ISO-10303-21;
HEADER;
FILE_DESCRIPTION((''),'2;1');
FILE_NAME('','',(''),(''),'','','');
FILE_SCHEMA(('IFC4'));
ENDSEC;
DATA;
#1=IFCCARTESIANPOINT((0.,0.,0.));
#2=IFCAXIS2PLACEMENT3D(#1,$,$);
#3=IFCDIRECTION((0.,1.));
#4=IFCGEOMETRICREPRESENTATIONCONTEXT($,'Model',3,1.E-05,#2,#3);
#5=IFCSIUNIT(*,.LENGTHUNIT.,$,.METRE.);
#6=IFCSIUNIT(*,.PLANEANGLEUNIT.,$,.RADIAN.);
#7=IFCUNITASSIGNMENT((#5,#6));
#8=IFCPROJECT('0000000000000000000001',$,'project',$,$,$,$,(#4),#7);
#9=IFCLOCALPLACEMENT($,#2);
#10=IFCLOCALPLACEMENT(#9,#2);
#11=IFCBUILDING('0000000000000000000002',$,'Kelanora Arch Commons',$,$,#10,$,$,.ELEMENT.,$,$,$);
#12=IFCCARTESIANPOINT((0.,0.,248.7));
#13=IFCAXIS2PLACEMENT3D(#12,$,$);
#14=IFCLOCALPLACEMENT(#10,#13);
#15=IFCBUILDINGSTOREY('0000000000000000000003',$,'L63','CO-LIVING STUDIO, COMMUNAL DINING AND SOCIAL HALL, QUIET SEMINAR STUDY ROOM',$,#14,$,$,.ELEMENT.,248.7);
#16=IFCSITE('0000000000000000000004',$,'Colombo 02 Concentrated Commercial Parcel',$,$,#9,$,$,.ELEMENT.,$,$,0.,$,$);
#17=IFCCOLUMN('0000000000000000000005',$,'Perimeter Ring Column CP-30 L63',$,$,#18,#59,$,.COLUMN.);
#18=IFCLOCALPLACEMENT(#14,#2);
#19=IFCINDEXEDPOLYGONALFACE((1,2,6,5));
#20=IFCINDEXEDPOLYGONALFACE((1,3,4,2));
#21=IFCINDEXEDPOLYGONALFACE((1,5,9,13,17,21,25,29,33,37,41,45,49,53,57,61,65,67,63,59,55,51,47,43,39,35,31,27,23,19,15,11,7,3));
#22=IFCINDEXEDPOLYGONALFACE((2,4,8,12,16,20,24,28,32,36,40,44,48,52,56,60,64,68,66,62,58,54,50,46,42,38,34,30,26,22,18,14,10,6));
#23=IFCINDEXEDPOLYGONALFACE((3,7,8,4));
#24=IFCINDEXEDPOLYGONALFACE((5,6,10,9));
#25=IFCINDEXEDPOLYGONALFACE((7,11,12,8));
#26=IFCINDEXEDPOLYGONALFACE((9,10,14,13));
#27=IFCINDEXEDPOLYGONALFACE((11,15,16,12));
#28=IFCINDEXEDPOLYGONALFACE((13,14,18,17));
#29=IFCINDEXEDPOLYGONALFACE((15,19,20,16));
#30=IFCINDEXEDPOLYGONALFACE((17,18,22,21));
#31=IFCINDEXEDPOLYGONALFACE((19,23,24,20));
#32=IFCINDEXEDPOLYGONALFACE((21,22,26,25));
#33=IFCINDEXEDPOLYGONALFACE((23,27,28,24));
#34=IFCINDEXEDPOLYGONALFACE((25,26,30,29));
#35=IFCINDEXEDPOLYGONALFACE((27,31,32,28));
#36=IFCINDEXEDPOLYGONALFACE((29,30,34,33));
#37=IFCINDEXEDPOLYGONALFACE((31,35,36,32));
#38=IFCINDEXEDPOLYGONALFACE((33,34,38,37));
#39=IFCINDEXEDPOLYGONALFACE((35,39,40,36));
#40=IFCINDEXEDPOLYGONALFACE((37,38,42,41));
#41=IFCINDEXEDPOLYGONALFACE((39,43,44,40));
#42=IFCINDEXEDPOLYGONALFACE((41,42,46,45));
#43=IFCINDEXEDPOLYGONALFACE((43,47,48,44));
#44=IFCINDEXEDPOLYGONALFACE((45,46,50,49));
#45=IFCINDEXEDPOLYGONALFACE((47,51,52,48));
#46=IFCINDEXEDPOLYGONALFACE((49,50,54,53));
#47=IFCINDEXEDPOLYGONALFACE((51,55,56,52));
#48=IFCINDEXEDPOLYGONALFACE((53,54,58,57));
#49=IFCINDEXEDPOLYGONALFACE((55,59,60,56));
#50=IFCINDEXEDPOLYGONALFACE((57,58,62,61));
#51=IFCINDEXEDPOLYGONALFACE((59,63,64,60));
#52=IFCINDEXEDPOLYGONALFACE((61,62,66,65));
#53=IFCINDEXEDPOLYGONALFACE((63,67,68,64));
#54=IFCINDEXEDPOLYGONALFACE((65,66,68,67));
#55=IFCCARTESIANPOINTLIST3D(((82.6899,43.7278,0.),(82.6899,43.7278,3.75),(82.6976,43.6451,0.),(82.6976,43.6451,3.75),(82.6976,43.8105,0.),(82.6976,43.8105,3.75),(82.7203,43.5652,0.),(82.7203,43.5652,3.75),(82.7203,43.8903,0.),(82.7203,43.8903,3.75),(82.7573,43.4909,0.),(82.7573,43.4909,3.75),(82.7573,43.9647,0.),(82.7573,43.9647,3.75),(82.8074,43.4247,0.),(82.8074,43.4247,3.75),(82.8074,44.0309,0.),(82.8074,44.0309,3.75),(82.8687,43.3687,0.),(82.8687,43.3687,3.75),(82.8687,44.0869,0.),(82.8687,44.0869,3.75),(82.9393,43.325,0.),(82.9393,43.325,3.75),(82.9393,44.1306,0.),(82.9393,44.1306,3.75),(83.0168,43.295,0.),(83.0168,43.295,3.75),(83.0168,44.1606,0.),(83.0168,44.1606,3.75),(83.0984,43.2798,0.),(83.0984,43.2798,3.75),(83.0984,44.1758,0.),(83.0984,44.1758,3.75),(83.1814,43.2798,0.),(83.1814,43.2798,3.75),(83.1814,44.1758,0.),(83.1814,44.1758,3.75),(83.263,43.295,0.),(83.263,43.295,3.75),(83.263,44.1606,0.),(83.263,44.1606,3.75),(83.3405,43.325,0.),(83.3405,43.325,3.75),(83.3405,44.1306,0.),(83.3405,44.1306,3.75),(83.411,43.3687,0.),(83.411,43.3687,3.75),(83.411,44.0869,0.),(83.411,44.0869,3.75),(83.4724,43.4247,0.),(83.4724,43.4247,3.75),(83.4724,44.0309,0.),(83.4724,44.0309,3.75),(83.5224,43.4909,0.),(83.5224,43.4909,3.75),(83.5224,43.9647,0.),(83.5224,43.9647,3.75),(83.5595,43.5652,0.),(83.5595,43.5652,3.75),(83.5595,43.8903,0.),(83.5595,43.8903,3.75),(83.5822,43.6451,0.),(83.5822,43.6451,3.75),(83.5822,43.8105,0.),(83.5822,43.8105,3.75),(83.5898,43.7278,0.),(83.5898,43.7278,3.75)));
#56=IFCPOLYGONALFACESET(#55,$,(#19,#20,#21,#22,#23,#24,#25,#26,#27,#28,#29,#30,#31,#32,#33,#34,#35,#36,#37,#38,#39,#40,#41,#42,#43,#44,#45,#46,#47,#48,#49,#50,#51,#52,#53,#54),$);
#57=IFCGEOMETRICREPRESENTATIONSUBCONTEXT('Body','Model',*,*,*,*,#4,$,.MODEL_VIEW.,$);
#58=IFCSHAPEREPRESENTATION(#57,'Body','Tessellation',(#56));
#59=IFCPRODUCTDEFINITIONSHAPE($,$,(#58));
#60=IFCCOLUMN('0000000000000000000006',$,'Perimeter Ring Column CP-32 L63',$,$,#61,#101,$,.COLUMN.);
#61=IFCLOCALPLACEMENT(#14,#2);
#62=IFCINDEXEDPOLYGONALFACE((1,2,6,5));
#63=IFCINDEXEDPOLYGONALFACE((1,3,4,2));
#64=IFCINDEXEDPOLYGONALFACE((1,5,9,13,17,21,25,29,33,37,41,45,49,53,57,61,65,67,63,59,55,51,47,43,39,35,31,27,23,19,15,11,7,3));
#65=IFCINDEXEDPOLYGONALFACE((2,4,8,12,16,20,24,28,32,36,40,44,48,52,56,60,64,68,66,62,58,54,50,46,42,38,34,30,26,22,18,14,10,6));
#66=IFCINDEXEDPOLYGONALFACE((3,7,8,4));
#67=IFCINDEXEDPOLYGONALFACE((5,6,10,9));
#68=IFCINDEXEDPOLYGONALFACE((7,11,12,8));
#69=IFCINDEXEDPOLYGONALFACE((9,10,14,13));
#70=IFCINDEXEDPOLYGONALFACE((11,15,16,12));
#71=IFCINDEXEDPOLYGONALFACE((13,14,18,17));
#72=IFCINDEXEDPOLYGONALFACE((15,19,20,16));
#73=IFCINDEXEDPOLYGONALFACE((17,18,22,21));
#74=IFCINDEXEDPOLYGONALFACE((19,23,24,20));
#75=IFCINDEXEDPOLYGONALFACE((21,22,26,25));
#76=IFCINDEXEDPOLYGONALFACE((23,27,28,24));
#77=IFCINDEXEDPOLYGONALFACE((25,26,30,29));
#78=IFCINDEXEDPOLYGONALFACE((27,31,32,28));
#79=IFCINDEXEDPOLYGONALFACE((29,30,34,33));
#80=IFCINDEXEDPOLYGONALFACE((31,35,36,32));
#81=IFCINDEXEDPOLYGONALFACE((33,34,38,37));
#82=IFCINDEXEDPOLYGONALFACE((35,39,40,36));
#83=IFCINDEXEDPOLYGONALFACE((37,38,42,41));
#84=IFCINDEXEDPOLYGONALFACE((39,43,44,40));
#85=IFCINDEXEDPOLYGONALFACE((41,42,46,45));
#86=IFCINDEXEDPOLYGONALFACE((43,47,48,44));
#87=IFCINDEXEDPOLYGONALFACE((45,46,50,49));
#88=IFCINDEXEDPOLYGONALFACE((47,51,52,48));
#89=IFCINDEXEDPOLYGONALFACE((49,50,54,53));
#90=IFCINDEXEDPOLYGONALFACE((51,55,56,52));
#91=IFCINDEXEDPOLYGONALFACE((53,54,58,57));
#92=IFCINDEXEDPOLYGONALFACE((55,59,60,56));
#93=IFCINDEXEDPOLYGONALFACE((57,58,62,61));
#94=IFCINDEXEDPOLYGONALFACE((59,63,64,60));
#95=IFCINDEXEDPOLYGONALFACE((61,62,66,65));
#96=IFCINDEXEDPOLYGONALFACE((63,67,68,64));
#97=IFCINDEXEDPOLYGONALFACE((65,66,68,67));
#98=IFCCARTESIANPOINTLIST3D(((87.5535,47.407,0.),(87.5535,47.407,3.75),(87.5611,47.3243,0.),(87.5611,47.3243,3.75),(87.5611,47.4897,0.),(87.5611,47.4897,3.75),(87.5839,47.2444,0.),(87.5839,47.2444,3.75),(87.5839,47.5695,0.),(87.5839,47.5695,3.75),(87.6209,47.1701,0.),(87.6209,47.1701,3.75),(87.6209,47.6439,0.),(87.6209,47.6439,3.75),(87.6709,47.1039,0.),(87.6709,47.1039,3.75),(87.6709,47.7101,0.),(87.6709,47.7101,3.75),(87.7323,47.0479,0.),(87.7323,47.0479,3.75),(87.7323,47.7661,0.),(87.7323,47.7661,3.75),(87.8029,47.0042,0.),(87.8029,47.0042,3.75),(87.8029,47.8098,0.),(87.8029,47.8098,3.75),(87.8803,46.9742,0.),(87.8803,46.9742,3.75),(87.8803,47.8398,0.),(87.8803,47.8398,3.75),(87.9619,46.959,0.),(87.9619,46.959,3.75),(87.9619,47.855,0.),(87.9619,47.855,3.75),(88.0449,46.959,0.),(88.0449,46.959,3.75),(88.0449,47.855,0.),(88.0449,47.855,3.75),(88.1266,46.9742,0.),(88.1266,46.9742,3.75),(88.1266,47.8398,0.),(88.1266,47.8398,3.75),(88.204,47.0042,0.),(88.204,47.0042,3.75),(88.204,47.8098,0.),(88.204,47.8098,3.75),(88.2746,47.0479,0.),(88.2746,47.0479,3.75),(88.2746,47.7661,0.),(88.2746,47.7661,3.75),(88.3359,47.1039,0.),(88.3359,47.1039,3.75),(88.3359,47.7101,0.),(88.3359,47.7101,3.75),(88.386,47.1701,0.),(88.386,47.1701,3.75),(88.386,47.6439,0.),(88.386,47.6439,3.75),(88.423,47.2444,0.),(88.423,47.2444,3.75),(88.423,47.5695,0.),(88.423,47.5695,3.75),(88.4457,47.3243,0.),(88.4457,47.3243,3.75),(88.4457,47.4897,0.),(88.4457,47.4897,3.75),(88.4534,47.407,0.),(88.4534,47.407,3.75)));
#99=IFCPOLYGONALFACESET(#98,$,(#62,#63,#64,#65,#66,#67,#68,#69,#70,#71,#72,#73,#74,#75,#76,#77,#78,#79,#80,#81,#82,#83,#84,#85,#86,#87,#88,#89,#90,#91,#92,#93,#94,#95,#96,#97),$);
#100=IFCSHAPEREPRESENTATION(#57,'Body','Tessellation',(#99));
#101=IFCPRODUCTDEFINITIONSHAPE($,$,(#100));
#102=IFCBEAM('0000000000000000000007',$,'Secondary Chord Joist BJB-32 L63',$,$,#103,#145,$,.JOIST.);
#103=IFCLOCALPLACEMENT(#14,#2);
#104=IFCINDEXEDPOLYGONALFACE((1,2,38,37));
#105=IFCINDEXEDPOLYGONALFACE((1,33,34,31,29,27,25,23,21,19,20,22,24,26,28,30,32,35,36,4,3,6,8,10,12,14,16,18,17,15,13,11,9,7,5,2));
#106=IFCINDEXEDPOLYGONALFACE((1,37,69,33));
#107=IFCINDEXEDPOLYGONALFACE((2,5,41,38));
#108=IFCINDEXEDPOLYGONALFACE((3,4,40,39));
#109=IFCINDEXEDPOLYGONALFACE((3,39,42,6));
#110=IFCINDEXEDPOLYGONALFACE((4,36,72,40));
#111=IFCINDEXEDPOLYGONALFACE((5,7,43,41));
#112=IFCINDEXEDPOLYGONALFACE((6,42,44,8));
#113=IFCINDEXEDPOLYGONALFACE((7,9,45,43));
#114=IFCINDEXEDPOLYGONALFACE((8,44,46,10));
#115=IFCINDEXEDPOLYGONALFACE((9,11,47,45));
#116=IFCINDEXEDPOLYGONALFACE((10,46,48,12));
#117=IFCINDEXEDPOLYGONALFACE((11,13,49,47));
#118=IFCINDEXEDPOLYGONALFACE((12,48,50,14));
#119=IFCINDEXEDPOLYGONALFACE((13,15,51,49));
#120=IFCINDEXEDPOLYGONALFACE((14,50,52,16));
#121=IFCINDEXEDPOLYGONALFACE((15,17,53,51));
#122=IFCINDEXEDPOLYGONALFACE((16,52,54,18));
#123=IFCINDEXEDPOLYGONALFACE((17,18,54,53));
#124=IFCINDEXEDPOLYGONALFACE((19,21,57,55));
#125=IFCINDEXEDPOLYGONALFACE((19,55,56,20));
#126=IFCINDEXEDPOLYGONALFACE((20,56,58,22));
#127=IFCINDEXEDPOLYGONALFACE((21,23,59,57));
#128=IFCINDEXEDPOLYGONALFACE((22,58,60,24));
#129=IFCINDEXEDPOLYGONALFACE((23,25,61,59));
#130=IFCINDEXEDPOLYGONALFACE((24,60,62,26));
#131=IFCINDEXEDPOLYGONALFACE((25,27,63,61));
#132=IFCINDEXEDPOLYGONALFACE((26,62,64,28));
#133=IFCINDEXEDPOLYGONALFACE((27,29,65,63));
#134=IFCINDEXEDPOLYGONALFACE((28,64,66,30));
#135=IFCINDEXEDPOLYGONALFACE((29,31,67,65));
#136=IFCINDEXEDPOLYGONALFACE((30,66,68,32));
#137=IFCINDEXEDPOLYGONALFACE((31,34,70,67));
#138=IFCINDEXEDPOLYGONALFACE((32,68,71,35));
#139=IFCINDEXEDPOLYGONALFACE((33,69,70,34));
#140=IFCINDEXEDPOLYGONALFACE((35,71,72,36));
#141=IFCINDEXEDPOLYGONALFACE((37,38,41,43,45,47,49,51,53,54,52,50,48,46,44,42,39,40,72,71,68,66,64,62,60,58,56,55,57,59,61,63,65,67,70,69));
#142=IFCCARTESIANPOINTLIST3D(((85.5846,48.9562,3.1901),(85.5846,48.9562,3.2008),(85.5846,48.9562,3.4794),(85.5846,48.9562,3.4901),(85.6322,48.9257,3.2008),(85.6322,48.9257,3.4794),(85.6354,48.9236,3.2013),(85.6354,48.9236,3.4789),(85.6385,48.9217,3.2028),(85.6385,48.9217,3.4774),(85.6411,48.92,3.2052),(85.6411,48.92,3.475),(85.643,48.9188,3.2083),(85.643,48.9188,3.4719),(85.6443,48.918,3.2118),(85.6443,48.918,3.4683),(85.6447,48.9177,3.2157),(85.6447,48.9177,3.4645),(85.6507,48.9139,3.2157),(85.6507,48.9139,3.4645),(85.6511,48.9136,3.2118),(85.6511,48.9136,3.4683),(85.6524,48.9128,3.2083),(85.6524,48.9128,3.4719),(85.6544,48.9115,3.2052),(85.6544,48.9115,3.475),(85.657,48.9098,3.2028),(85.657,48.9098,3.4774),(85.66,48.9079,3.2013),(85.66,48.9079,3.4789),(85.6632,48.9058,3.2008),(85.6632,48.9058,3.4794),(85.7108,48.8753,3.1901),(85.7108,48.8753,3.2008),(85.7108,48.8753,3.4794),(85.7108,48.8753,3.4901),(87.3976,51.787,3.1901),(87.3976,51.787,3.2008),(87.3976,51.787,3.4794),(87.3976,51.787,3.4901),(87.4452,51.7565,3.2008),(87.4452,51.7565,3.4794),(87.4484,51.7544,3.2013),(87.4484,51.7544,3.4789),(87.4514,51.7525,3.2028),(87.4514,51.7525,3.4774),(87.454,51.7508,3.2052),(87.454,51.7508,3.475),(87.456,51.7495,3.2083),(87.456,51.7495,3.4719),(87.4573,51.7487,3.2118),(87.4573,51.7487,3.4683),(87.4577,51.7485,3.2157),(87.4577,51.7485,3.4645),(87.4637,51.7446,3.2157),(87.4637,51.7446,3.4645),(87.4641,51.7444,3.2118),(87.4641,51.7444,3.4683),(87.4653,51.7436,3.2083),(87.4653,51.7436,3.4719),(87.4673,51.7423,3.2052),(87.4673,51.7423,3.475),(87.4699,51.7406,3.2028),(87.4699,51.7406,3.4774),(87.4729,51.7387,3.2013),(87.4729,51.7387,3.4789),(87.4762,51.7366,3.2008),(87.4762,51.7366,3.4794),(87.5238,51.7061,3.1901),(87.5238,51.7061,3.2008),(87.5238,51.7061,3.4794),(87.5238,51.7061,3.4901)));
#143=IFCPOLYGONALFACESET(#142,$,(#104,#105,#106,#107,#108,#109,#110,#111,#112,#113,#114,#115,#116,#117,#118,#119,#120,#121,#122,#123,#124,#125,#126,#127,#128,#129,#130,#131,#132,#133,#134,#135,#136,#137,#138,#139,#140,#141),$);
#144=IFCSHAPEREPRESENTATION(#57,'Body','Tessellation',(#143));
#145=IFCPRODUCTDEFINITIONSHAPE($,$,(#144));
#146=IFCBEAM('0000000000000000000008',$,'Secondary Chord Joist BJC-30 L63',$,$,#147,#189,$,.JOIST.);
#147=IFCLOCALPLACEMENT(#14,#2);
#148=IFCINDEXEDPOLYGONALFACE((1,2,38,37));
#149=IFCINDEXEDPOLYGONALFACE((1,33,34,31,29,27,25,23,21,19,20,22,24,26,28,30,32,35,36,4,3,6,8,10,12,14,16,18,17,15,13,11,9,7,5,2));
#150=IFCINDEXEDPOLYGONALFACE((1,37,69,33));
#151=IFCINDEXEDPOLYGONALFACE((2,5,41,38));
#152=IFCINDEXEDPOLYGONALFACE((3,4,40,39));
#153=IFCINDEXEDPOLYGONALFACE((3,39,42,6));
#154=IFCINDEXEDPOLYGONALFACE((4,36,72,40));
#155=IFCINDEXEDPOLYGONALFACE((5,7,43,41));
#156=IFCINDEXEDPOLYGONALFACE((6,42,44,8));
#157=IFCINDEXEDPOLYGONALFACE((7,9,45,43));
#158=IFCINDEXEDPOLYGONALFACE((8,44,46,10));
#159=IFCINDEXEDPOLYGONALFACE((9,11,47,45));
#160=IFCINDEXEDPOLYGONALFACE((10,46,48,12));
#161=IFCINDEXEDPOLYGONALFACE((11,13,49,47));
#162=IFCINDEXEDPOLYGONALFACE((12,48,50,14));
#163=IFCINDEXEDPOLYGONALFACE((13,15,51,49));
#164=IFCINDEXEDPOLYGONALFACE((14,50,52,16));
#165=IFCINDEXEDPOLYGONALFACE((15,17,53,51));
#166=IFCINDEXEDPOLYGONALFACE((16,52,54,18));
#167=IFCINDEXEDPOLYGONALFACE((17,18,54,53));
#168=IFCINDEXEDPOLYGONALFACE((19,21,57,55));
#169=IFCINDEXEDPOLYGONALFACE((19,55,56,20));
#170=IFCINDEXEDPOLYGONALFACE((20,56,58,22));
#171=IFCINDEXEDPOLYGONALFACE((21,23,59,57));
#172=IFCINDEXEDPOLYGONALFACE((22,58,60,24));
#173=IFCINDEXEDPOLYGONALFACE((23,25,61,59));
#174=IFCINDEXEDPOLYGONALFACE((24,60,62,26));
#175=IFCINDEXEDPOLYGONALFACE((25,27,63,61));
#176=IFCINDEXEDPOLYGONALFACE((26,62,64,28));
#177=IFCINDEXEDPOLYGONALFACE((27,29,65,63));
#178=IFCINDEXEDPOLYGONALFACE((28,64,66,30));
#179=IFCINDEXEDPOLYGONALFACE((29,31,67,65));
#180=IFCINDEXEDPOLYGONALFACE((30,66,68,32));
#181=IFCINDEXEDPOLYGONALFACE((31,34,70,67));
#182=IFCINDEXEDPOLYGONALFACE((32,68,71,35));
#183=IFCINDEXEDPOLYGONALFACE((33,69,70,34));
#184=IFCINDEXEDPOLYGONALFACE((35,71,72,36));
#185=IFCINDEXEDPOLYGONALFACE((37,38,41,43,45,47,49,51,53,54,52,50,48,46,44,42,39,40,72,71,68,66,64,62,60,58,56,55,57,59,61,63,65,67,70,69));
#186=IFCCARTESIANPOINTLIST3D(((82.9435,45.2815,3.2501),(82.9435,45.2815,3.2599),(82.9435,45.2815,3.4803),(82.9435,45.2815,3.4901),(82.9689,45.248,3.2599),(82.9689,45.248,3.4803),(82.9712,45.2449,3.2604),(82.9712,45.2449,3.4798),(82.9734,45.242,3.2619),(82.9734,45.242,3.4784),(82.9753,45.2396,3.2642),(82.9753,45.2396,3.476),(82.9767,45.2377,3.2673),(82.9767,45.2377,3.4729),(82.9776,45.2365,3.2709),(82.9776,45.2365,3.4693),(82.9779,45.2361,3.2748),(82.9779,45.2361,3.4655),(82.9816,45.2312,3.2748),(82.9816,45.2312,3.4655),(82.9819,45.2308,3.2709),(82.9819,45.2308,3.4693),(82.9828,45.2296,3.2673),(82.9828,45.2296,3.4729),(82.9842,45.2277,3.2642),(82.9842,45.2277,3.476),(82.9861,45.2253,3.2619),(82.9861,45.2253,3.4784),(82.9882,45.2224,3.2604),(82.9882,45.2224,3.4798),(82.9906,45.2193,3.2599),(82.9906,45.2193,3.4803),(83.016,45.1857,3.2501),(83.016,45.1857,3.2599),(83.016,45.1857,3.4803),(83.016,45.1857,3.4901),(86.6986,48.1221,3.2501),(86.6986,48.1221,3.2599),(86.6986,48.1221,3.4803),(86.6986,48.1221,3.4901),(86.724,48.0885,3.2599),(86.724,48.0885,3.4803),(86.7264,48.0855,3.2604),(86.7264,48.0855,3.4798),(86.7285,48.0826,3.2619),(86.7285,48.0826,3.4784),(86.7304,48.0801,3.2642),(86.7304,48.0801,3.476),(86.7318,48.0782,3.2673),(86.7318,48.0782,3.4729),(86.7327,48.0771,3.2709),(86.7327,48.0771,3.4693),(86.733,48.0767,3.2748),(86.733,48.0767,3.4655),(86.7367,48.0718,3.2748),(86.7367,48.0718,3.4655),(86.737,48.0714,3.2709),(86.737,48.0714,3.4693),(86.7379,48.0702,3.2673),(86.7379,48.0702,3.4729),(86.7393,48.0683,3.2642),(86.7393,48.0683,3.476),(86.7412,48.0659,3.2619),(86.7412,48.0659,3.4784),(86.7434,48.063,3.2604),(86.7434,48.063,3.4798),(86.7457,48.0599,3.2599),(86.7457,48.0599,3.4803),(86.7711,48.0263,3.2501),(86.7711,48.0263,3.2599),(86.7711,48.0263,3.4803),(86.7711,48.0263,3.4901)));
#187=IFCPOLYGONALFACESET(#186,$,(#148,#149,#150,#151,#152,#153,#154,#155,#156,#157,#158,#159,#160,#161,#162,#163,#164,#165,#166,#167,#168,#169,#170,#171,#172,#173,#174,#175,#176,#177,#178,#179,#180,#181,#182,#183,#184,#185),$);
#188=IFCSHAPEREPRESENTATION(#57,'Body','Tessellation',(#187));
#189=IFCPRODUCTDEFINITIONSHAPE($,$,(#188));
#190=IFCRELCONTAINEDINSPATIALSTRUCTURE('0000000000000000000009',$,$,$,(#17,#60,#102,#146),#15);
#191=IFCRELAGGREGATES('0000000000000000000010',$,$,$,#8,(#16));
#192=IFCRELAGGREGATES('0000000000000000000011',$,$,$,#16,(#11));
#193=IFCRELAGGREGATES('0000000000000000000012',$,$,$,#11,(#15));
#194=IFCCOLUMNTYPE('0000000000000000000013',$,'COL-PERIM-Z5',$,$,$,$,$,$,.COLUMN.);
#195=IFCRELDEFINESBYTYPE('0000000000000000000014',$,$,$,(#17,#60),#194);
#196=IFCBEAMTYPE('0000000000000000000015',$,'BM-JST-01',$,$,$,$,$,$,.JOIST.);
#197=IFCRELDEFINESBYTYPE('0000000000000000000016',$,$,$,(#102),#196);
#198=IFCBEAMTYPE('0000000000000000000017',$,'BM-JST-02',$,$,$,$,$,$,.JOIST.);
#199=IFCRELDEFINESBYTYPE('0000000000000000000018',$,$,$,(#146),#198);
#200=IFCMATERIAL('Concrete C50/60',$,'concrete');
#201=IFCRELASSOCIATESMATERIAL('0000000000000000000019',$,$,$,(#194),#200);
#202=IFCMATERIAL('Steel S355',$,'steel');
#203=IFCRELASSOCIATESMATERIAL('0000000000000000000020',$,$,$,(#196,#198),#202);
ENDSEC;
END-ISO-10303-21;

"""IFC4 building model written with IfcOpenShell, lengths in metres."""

from ifc_helpers import new_model, si_unit, direction, frame, origin, origin_2d, place, context, subcontext, project, spatial, circle, i_section, extrude, material, material_profile, profile_set, type_object, element, save


model = new_model("IFC4")

# Units and contexts
model_context = context("Model", 3, precision=1e-05, world=origin(), true_north=direction((0.0, 1.0)))
body_context = subcontext(model_context, "Body", "Model", "MODEL_VIEW")
ifc_project = project(units=[si_unit("LENGTHUNIT", "METRE"), si_unit("PLANEANGLEUNIT", "RADIAN")], contexts=[model_context])

# Site, building, storey
site_placement = place(None, origin())
site = spatial("IfcSite", under=ifc_project, at=site_placement, Name="Colombo 02 Concentrated Commercial Parcel", CompositionType="ELEMENT", RefElevation=0.0)
building_placement = place(site_placement, origin())
building = spatial("IfcBuilding", under=site, at=building_placement, Name="Kelanora Arch Commons", CompositionType="ELEMENT")
storey_placement = place(building_placement, frame((0.0, 0.0, 248.7)))
storey = spatial("IfcBuildingStorey", under=building, at=storey_placement, Name="L63", Description="CO-LIVING STUDIO, COMMUNAL DINING AND SOCIAL HALL, QUIET SEMINAR STUDY ROOM", CompositionType="ELEMENT", Elevation=248.7)

# Columns
ifc_material_1 = material(Name="Concrete C50/60", Category="concrete")
ifc_material_profile_1 = material_profile(ifc_material_1, circle(Radius=0.45, at=origin_2d()), Name="RCC900")
ifc_profile_set_1 = profile_set([ifc_material_profile_1], Name="Concrete C50/60")
column_type = type_object("IfcColumnType", Name="COL-PERIM-Z5", PredefinedType="COLUMN", material=ifc_profile_set_1)
for number, where, z_axis, x_axis, name in (
    (1, (83.1399, 43.7278, 0.0), (0.0, 0.0, 1.0), (1.0, 0.0, 0.0), "Perimeter Ring Column CP-30 L63"),
    (2, (88.0034, 47.407, 0.0), (0.0, 0.0, 1.0), (1.0, 0.0, 0.0), "Perimeter Ring Column CP-32 L63"),
):
    element("IfcColumn", number, at=place(storey_placement, frame(where, z_axis=z_axis, x_axis=x_axis)), inside=storey, type_object=column_type, Name=name, PredefinedType="COLUMN", context=body_context, shape_type="SweptSolid", body=[
        extrude(circle(Radius=0.45, at=origin_2d()), origin(), (0.0, 0.0, 1.0), 3.75),
    ])

# Beams
ifc_material_2 = material(Name="Steel S355", Category="steel")
ifc_material_profile_2 = material_profile(ifc_material_2, i_section(OverallWidth=0.1499, OverallDepth=0.3, WebThickness=0.0071, FlangeThickness=0.0107, FilletRadius=0.0149, at=origin_2d()), Name="IPE300")
ifc_profile_set_2 = profile_set([ifc_material_profile_2], Name="Steel S355")
beam_type_1 = type_object("IfcBeamType", Name="BM-JST-01", PredefinedType="JOIST", material=ifc_profile_set_2)
beam_1_placement = place(storey_placement, frame((85.6477, 48.9158, 3.3401), z_axis=(0.539322, 0.8421, 0.0), x_axis=(-0.8421, 0.539322, 0.0)))
element("IfcBeam", 3, at=beam_1_placement, inside=storey, type_object=beam_type_1, Name="Secondary Chord Joist BJB-32 L63", PredefinedType="JOIST", context=body_context, shape_type="SweptSolid", body=[
    extrude(i_section(OverallWidth=0.1499, OverallDepth=0.3, WebThickness=0.0071, FlangeThickness=0.0107, FilletRadius=0.0149, at=origin_2d()), origin(), (0.0, 0.0, 1.0), 3.3616),
])
ifc_material_profile_3 = material_profile(ifc_material_2, i_section(OverallWidth=0.1201, OverallDepth=0.24, WebThickness=0.0061, FlangeThickness=0.0098, FilletRadius=0.0149, at=origin_2d()), Name="IPE240")
ifc_profile_set_3 = profile_set([ifc_material_profile_3], Name="Steel S355")
beam_type_2 = type_object("IfcBeamType", Name="BM-JST-02", PredefinedType="JOIST", material=ifc_profile_set_3)
beam_2_placement = place(storey_placement, frame((82.9797, 45.2336, 3.3701), z_axis=(0.797523, 0.603289, 0.0), x_axis=(-0.603289, 0.797523, 0.0)))
element("IfcBeam", 4, at=beam_2_placement, inside=storey, type_object=beam_type_2, Name="Secondary Chord Joist BJC-30 L63", PredefinedType="JOIST", context=body_context, shape_type="SweptSolid", body=[
    extrude(i_section(OverallWidth=0.1201, OverallDepth=0.24, WebThickness=0.0061, FlangeThickness=0.0098, FilletRadius=0.0149, at=origin_2d()), origin(), (0.0, 0.0, 1.0), 4.7085),
])

save(model, "model.ifc")
